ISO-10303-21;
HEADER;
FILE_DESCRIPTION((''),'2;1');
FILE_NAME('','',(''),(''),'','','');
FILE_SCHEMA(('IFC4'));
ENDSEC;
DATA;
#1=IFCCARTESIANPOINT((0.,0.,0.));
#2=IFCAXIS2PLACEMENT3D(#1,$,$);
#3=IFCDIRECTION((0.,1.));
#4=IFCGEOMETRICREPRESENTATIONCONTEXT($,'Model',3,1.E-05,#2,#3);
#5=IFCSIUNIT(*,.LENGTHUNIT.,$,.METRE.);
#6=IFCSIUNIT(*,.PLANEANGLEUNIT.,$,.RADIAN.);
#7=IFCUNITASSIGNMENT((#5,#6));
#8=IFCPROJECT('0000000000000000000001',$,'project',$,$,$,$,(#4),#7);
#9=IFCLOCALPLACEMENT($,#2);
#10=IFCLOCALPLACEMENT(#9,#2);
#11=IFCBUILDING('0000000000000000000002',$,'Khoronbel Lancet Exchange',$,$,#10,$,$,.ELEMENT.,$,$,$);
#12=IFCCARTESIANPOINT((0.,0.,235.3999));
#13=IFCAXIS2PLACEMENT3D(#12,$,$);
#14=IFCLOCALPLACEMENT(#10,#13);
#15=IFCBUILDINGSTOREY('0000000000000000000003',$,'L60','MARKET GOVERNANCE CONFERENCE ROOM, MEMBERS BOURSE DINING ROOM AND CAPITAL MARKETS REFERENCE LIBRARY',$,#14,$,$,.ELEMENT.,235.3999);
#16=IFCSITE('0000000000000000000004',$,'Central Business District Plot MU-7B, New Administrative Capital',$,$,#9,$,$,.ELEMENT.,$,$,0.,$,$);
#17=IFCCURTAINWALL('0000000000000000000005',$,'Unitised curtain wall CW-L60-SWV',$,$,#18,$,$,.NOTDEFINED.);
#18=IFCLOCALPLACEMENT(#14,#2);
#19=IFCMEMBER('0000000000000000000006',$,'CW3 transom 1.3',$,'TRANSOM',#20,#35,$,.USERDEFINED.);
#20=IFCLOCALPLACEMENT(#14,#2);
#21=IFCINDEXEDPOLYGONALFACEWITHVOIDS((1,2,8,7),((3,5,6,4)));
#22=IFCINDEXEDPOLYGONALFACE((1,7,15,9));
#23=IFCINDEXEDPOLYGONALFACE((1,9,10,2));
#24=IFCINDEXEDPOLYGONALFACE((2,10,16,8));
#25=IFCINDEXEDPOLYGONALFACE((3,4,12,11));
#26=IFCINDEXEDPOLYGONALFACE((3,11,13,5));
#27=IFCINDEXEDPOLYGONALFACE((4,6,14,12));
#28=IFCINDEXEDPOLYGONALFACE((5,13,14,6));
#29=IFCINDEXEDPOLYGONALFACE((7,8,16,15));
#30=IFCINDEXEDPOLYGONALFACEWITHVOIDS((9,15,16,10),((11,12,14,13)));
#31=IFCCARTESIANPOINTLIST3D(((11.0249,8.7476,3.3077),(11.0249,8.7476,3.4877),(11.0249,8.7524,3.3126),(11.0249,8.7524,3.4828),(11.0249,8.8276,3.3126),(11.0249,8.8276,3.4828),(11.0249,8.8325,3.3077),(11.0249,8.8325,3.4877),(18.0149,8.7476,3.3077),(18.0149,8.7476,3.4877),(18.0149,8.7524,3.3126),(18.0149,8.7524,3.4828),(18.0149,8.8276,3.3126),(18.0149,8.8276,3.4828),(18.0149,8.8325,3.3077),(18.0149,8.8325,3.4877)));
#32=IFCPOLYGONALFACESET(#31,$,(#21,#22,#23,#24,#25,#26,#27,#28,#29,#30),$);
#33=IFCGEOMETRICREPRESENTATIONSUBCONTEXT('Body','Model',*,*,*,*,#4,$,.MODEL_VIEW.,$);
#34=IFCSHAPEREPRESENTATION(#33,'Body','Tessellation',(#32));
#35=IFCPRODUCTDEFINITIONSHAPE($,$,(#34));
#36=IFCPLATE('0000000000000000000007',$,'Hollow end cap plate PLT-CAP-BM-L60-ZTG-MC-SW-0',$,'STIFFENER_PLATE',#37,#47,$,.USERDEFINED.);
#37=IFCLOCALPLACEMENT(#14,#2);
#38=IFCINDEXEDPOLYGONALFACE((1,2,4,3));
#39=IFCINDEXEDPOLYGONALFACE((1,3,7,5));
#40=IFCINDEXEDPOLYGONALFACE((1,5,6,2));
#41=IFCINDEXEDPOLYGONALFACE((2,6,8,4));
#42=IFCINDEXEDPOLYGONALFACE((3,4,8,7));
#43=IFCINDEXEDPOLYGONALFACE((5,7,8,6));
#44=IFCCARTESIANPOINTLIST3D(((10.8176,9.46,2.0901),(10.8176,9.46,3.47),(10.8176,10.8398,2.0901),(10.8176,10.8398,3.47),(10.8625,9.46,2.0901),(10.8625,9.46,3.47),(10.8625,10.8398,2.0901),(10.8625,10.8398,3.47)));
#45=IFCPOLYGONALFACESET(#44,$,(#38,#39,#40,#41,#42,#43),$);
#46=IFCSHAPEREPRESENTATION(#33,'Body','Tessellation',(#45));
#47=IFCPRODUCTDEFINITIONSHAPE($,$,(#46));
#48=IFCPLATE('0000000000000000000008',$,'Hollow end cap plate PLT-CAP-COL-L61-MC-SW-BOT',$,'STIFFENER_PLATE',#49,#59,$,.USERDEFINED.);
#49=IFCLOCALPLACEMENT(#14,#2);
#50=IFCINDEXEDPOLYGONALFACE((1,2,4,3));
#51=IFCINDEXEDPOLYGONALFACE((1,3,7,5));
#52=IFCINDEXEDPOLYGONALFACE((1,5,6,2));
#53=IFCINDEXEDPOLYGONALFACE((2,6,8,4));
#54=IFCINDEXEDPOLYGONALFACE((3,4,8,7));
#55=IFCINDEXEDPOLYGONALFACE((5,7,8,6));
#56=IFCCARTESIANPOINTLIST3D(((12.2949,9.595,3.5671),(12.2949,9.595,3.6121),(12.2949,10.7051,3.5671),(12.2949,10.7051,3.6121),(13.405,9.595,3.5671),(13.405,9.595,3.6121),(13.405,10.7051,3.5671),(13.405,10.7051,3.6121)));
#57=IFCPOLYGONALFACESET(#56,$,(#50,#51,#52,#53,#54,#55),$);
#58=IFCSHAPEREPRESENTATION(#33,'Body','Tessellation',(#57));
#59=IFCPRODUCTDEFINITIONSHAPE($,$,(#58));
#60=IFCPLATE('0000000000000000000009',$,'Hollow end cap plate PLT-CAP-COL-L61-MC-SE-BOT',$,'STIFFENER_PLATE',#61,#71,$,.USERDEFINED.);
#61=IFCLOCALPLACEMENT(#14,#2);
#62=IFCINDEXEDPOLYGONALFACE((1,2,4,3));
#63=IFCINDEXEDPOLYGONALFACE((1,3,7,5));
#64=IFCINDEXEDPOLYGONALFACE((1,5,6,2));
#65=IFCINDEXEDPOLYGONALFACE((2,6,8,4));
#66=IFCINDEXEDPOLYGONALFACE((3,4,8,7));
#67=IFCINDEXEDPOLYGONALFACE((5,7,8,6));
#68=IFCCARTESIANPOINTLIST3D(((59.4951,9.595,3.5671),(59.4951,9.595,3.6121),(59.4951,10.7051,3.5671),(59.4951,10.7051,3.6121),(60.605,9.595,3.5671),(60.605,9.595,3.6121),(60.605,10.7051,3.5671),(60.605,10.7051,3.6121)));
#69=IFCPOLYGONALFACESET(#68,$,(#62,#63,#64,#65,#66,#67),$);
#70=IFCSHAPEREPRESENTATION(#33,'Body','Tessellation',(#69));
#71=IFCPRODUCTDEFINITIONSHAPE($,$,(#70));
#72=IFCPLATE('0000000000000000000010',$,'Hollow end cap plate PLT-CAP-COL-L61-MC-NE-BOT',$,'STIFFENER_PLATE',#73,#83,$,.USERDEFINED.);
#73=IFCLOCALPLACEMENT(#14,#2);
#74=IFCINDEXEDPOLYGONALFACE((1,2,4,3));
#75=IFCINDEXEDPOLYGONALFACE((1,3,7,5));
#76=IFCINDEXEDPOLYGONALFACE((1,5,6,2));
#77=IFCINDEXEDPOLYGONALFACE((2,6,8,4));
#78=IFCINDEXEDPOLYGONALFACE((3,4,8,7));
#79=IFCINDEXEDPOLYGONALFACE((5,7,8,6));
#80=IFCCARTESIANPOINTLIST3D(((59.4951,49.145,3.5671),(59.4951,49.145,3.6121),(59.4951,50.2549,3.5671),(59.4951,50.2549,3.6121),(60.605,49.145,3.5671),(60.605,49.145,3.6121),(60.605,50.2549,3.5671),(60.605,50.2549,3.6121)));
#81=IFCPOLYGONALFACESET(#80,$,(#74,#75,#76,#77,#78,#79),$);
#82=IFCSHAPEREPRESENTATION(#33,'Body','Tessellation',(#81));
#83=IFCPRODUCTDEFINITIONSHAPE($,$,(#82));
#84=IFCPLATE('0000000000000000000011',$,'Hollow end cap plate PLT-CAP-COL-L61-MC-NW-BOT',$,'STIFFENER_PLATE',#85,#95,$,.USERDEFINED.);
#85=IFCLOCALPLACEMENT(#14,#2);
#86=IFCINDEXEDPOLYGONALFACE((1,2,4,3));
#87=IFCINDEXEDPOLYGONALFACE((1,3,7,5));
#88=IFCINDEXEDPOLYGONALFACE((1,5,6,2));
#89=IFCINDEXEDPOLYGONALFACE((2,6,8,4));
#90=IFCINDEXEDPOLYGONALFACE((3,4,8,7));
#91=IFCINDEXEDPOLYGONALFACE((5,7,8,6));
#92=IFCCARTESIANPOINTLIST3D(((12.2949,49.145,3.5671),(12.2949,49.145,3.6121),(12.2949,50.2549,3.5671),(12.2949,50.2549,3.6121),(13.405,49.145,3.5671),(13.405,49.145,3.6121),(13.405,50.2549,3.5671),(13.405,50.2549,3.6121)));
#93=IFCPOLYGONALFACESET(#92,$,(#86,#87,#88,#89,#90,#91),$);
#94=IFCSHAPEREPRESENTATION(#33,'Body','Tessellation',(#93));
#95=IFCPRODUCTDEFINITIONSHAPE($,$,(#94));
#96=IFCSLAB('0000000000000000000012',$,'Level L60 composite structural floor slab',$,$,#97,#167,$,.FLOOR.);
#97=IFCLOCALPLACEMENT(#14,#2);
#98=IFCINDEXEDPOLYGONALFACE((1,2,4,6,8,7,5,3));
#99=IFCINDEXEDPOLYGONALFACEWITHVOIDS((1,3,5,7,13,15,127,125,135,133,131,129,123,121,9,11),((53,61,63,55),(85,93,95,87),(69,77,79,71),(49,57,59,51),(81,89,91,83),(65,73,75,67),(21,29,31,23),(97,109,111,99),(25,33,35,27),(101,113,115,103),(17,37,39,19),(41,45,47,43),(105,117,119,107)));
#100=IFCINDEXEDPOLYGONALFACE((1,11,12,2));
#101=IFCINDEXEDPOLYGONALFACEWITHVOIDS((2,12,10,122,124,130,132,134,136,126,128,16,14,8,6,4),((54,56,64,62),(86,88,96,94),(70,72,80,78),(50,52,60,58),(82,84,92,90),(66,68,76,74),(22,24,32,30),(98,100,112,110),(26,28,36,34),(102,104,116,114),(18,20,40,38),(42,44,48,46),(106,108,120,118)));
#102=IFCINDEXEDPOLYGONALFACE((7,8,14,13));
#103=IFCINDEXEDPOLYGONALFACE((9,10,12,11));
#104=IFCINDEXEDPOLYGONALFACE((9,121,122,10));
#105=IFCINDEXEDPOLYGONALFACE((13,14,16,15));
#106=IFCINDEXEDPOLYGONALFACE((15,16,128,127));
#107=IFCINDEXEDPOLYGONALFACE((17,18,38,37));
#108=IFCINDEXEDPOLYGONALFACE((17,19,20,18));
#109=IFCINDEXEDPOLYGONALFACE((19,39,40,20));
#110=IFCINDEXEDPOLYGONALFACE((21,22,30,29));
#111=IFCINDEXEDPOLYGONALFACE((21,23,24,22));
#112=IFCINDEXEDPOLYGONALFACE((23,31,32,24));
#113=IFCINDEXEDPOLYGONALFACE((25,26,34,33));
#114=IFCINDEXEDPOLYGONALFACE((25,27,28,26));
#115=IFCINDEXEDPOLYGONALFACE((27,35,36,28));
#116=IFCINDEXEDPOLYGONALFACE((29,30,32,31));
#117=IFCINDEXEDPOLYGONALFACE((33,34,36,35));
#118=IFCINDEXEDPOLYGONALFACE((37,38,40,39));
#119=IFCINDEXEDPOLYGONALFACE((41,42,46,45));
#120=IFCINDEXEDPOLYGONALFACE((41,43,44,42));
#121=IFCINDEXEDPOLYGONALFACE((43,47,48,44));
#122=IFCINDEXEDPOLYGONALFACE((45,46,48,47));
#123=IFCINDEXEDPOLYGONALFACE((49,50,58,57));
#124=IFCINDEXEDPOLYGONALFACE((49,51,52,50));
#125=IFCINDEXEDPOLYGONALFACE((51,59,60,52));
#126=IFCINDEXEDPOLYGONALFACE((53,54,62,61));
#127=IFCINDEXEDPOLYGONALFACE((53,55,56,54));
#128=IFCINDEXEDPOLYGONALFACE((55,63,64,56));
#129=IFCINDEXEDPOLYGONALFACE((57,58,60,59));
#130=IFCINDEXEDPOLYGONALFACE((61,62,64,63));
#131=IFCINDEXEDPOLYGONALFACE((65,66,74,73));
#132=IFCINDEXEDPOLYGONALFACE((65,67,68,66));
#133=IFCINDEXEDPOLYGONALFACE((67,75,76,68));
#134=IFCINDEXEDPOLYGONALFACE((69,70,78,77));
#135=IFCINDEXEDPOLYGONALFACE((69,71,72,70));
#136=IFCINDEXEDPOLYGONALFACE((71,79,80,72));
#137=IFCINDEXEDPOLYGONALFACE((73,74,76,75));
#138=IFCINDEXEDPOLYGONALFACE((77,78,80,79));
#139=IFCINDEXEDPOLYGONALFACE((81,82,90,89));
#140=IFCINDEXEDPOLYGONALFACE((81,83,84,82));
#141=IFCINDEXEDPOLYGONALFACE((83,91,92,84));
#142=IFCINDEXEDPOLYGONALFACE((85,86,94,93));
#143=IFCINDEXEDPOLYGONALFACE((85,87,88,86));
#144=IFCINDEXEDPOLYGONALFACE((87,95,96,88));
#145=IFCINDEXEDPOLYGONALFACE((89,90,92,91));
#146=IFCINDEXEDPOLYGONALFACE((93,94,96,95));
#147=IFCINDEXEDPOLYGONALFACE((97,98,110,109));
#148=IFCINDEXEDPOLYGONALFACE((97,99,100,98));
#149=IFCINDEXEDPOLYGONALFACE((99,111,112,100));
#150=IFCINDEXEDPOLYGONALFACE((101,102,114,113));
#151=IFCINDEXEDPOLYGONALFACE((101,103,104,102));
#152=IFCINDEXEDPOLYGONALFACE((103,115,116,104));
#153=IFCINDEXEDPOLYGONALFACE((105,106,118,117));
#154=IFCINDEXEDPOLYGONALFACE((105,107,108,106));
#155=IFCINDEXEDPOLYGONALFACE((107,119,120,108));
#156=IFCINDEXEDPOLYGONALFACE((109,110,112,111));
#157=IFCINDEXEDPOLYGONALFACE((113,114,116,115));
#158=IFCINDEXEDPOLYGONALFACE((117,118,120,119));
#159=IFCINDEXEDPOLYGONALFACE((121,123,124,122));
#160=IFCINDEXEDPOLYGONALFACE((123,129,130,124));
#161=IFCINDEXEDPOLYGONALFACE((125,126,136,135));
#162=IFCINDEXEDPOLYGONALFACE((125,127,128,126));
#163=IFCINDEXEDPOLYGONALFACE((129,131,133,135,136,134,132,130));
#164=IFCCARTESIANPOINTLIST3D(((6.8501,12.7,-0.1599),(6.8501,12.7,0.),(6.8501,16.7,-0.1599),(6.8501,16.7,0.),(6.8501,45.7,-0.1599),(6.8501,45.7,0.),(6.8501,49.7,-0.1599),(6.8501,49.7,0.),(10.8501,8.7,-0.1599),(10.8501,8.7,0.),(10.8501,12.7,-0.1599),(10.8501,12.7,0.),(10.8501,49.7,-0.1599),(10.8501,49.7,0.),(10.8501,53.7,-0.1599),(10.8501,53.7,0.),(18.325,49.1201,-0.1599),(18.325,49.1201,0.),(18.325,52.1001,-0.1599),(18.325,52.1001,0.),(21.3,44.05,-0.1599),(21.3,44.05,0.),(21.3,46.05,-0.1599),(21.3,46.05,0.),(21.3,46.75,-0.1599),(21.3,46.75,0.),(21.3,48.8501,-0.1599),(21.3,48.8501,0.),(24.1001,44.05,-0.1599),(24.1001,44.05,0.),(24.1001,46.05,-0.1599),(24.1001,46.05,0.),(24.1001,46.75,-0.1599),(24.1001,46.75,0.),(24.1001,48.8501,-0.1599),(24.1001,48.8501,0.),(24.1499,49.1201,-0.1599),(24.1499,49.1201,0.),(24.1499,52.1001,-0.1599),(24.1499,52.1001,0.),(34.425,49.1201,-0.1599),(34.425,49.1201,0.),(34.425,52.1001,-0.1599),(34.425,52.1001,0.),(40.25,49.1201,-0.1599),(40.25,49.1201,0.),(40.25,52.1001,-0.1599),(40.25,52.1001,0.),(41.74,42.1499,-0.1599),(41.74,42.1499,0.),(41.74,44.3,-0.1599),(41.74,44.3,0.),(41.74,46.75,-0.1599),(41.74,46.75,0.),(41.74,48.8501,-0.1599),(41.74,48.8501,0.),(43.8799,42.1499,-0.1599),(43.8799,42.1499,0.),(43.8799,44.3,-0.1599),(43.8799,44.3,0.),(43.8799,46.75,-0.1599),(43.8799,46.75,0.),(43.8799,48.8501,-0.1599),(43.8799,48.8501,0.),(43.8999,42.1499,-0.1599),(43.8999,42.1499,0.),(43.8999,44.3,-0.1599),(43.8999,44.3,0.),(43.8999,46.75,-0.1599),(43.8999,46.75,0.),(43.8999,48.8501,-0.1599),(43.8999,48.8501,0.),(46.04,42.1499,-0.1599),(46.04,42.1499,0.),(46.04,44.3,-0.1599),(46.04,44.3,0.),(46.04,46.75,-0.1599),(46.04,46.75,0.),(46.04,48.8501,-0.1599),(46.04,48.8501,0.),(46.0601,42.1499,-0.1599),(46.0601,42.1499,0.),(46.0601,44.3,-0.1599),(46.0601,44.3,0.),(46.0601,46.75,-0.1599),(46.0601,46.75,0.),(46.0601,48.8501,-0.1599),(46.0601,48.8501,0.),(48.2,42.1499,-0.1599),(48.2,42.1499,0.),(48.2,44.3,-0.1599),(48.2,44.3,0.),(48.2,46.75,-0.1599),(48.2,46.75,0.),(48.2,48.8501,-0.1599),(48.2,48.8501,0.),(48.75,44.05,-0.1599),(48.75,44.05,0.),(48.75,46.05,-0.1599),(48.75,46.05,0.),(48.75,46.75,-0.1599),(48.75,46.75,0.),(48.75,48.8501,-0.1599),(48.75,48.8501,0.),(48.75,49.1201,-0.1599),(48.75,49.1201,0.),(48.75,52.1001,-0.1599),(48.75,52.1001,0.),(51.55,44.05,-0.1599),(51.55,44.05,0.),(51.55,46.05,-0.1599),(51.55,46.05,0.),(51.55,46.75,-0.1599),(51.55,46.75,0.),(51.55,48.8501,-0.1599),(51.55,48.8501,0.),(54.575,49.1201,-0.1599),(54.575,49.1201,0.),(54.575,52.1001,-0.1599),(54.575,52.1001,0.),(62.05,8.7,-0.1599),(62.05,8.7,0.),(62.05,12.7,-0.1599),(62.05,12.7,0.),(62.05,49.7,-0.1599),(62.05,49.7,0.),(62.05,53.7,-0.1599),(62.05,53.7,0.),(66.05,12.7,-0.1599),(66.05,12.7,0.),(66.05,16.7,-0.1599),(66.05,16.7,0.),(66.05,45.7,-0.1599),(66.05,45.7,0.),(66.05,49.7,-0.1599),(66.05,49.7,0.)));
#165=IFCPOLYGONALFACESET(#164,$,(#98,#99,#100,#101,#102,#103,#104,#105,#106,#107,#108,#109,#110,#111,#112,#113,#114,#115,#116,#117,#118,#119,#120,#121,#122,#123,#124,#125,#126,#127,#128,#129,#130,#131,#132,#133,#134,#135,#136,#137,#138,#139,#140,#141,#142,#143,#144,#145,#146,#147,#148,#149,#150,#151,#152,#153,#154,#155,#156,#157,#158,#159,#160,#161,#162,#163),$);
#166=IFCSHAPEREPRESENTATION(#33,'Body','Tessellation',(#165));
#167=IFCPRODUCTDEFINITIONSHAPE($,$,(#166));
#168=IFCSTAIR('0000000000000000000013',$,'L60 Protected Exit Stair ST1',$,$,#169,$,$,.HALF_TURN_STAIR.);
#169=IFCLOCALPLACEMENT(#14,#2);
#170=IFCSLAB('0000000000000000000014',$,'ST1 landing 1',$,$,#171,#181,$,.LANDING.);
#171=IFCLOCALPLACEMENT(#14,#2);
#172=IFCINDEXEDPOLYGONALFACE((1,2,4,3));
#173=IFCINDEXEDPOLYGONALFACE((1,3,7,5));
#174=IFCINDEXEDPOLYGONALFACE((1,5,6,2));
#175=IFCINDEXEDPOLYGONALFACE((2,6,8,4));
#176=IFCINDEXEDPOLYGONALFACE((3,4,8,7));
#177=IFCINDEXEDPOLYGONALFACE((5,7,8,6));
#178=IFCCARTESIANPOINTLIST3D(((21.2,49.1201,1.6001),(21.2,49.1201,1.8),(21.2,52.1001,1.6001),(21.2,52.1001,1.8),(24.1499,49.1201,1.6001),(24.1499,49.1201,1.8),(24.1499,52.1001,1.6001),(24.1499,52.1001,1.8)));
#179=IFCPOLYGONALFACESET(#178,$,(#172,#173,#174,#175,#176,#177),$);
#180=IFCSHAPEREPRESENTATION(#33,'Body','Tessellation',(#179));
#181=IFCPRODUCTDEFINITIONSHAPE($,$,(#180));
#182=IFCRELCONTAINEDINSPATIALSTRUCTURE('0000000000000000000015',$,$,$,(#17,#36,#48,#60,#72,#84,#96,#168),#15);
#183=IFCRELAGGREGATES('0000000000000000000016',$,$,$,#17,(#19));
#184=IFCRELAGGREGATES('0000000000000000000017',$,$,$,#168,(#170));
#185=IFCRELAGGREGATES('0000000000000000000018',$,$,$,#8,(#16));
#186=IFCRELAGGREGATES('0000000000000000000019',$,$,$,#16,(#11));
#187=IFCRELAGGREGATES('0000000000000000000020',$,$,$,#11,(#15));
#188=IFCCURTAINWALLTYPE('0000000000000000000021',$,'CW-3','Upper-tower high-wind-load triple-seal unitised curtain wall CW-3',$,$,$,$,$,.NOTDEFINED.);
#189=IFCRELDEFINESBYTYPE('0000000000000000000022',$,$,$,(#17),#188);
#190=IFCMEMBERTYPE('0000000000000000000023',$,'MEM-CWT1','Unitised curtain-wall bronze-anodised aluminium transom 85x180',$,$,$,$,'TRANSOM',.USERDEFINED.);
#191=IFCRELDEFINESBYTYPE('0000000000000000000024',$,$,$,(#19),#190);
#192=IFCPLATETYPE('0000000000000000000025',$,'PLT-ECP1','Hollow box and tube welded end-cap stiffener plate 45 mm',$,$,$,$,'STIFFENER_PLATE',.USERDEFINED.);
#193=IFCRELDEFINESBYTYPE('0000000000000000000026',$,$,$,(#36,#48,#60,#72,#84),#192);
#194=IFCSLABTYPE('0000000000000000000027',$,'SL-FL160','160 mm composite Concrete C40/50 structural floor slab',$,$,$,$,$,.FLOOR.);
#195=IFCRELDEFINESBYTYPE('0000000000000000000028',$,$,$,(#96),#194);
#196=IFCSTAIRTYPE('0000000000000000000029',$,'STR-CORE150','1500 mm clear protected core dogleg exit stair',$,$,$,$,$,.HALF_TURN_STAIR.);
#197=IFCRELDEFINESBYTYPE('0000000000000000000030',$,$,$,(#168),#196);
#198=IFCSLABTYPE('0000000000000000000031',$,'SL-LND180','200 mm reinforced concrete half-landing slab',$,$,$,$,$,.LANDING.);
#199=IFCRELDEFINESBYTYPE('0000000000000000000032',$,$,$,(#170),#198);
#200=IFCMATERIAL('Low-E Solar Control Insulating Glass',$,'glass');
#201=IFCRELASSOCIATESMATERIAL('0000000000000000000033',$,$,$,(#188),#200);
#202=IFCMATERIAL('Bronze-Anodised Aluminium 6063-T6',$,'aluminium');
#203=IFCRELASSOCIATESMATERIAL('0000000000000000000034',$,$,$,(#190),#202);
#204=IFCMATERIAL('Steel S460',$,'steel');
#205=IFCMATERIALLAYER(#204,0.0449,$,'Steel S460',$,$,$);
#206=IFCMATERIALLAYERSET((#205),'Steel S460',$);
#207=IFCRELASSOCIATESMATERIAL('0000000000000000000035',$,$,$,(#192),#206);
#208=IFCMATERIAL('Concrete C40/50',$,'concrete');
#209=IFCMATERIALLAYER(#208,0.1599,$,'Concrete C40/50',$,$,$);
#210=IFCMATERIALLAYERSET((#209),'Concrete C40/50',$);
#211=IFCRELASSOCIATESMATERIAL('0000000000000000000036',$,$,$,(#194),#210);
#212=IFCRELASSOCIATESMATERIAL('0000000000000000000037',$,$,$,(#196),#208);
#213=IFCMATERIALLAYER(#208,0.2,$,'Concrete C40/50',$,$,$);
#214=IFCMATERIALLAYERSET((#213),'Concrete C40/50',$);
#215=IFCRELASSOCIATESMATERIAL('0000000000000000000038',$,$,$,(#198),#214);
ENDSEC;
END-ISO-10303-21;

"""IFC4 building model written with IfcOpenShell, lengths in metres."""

from ifc_helpers import new_model, si_unit, direction, frame, origin, origin_2d, place, context, subcontext, project, spatial, polyline, rectangle, hollow_rectangle, outline, extrude, material, layer, layer_set, material_profile, profile_set, type_object, element, aggregate, save


model = new_model("IFC4")

# Units and contexts
model_context = context("Model", 3, precision=1e-05, world=origin(), true_north=direction((0.0, 1.0)))
body_context = subcontext(model_context, "Body", "Model", "MODEL_VIEW")
ifc_project = project(units=[si_unit("LENGTHUNIT", "METRE"), si_unit("PLANEANGLEUNIT", "RADIAN")], contexts=[model_context])

# Site, building, storey
site_placement = place(None, origin())
site = spatial("IfcSite", under=ifc_project, at=site_placement, Name="Central Business District Plot MU-7B, New Administrative Capital", CompositionType="ELEMENT", RefElevation=0.0)
building_placement = place(site_placement, origin())
building = spatial("IfcBuilding", under=site, at=building_placement, Name="Khoronbel Lancet Exchange", CompositionType="ELEMENT")
storey_placement = place(building_placement, frame((0.0, 0.0, 235.3999)))
storey = spatial("IfcBuildingStorey", under=building, at=storey_placement, Name="L60", Description="MARKET GOVERNANCE CONFERENCE ROOM, MEMBERS BOURSE DINING ROOM AND CAPITAL MARKETS REFERENCE LIBRARY", CompositionType="ELEMENT", Elevation=235.3999)

# Shared definitions
ifc_material_1 = material(Name="Steel S460", Category="steel")

# Curtain wall
ifc_material_2 = material(Name="Low-E Solar Control Insulating Glass", Category="glass")
curtain_wall_type_1 = type_object("IfcCurtainWallType", Name="CW-3", Description="Upper-tower high-wind-load triple-seal unitised curtain wall CW-3", PredefinedType="NOTDEFINED", material=ifc_material_2)
curtain_wall_1_placement = place(storey_placement, origin())
curtain_wall_1 = element("IfcCurtainWall", 1, at=curtain_wall_1_placement, inside=storey, type_object=curtain_wall_type_1, Name="Unitised curtain wall CW-L60-SWV", PredefinedType="NOTDEFINED")
ifc_material_3 = material(Name="Bronze-Anodised Aluminium 6063-T6", Category="aluminium")

# Shared definitions
ifc_material_profile_1 = material_profile(ifc_material_3, hollow_rectangle(XDim=0.085, YDim=0.1799, WallThickness=0.0049, at=origin_2d()), Name="ALU TRANSOM 85x180")
ifc_profile_set_1 = profile_set([ifc_material_profile_1], Name="Bronze-Anodised Aluminium 6063-T6")
member_type_1 = type_object("IfcMemberType", Name="MEM-CWT1", Description="Unitised curtain-wall bronze-anodised aluminium transom 85x180", ElementType="TRANSOM", PredefinedType="USERDEFINED", material=ifc_profile_set_1)

# Member
member_1_placement = place(storey_placement, frame((11.0249, 8.79, 3.3977), z_axis=(1.0, 0.0, 0.0), x_axis=(0.0, 1.0, 0.0)))
member_1 = element("IfcMember", 2, at=member_1_placement, type_object=member_type_1, Name="CW3 transom 1.3", ObjectType="TRANSOM", PredefinedType="USERDEFINED", context=body_context, shape_type="SweptSolid", body=[
    extrude(hollow_rectangle(XDim=0.085, YDim=0.1799, WallThickness=0.0049, at=origin_2d()), origin(), (0.0, 0.0, 1.0), 6.99),
])
aggregate(curtain_wall_1, [member_1])

# Plates
ifc_layer_1 = layer(ifc_material_1, 0.0449, Name="Steel S460")
ifc_layer_set_1 = layer_set([ifc_layer_1], Name="Steel S460")
plate_type = type_object("IfcPlateType", Name="PLT-ECP1", Description="Hollow box and tube welded end-cap stiffener plate 45 mm", ElementType="STIFFENER_PLATE", PredefinedType="USERDEFINED", material=ifc_layer_set_1)
plate_1_placement = place(storey_placement, frame((10.8401, 10.1499, 2.0901), z_axis=(0.0, 0.0, 1.0), x_axis=(-1.0, 0.0, 0.0)))
element("IfcPlate", 3, at=plate_1_placement, inside=storey, type_object=plate_type, Name="Hollow end cap plate PLT-CAP-BM-L60-ZTG-MC-SW-0", ObjectType="STIFFENER_PLATE", PredefinedType="USERDEFINED", context=body_context, shape_type="SweptSolid", body=[
    extrude(rectangle(XDim=0.0449, YDim=1.3799, at=origin_2d()), origin(), (0.0, 0.0, 1.0), 1.3799),
])
plate_2_placement = place(storey_placement, frame((0.0, 0.0, 3.5671)))
element("IfcPlate", 4, at=plate_2_placement, inside=storey, type_object=plate_type, Name="Hollow end cap plate PLT-CAP-COL-L61-MC-SW-BOT", ObjectType="STIFFENER_PLATE", PredefinedType="USERDEFINED", context=body_context, shape_type="SweptSolid", body=[
    extrude(outline(polyline([(12.2949, 9.595), (13.405, 9.595), (13.405, 10.7051), (12.2949, 10.7051), (12.2949, 9.595)])), origin(), (0.0, 0.0, 1.0), 0.0449),
])
plate_3_placement = place(storey_placement, frame((0.0, 0.0, 3.5671)))
element("IfcPlate", 5, at=plate_3_placement, inside=storey, type_object=plate_type, Name="Hollow end cap plate PLT-CAP-COL-L61-MC-SE-BOT", ObjectType="STIFFENER_PLATE", PredefinedType="USERDEFINED", context=body_context, shape_type="SweptSolid", body=[
    extrude(outline(polyline([(59.4951, 9.595), (60.605, 9.595), (60.605, 10.7051), (59.4951, 10.7051), (59.4951, 9.595)])), origin(), (0.0, 0.0, 1.0), 0.0449),
])
plate_4_placement = place(storey_placement, frame((0.0, 0.0, 3.5671)))
element("IfcPlate", 6, at=plate_4_placement, inside=storey, type_object=plate_type, Name="Hollow end cap plate PLT-CAP-COL-L61-MC-NE-BOT", ObjectType="STIFFENER_PLATE", PredefinedType="USERDEFINED", context=body_context, shape_type="SweptSolid", body=[
    extrude(outline(polyline([(59.4951, 49.145), (60.605, 49.145), (60.605, 50.2549), (59.4951, 50.2549), (59.4951, 49.145)])), origin(), (0.0, 0.0, 1.0), 0.0449),
])
plate_5_placement = place(storey_placement, frame((0.0, 0.0, 3.5671)))
element("IfcPlate", 7, at=plate_5_placement, inside=storey, type_object=plate_type, Name="Hollow end cap plate PLT-CAP-COL-L61-MC-NW-BOT", ObjectType="STIFFENER_PLATE", PredefinedType="USERDEFINED", context=body_context, shape_type="SweptSolid", body=[
    extrude(outline(polyline([(12.2949, 49.145), (13.405, 49.145), (13.405, 50.2549), (12.2949, 50.2549), (12.2949, 49.145)])), origin(), (0.0, 0.0, 1.0), 0.0449),
])

# Slab
ifc_material_4 = material(Name="Concrete C40/50", Category="concrete")
ifc_layer_2 = layer(ifc_material_4, 0.1599, Name="Concrete C40/50")
ifc_layer_set_2 = layer_set([ifc_layer_2], Name="Concrete C40/50")
slab_type_1 = type_object("IfcSlabType", Name="SL-FL160", Description="160 mm composite Concrete C40/50 structural floor slab", PredefinedType="FLOOR", material=ifc_layer_set_2)
slab_1_placement = place(storey_placement, frame((0.0, 0.0, -0.1599)))
element("IfcSlab", 8, at=slab_1_placement, inside=storey, type_object=slab_type_1, Name="Level L60 composite structural floor slab", PredefinedType="FLOOR", context=body_context, shape_type="SweptSolid", body=[
    extrude(outline(polyline([(10.8501, 8.7), (62.05, 8.7), (62.05, 12.7), (66.05, 12.7), (66.05, 16.7), (66.05, 45.7), (66.05, 49.7), (62.05, 49.7), (62.05, 53.7), (10.8501, 53.7), (10.8501, 49.7), (6.8501, 49.7), (6.8501, 45.7), (6.8501, 16.7), (6.8501, 12.7), (10.8501, 12.7), (10.8501, 8.7)]), holes=[polyline([(18.325, 49.1201), (24.1499, 49.1201), (24.1499, 52.1001), (18.325, 52.1001), (18.325, 49.1201)]), polyline([(48.75, 49.1201), (54.575, 49.1201), (54.575, 52.1001), (48.75, 52.1001), (48.75, 49.1201)]), polyline([(34.425, 49.1201), (40.25, 49.1201), (40.25, 52.1001), (34.425, 52.1001), (34.425, 49.1201)]), polyline([(41.74, 46.75), (43.8799, 46.75), (43.8799, 48.8501), (41.74, 48.8501), (41.74, 46.75)]), polyline([(43.8999, 46.75), (46.04, 46.75), (46.04, 48.8501), (43.8999, 48.8501), (43.8999, 46.75)]), polyline([(46.0601, 46.75), (48.2, 46.75), (48.2, 48.8501), (46.0601, 48.8501), (46.0601, 46.75)]), polyline([(41.74, 42.1499), (43.8799, 42.1499), (43.8799, 44.3), (41.74, 44.3), (41.74, 42.1499)]), polyline([(43.8999, 42.1499), (46.04, 42.1499), (46.04, 44.3), (43.8999, 44.3), (43.8999, 42.1499)]), polyline([(46.0601, 42.1499), (48.2, 42.1499), (48.2, 44.3), (46.0601, 44.3), (46.0601, 42.1499)]), polyline([(21.3, 46.75), (24.1001, 46.75), (24.1001, 48.8501), (21.3, 48.8501), (21.3, 46.75)]), polyline([(48.75, 46.75), (51.55, 46.75), (51.55, 48.8501), (48.75, 48.8501), (48.75, 46.75)]), polyline([(21.3, 44.05), (24.1001, 44.05), (24.1001, 46.05), (21.3, 46.05), (21.3, 44.05)]), polyline([(48.75, 44.05), (51.55, 44.05), (51.55, 46.05), (48.75, 46.05), (48.75, 44.05)])]), origin(), (0.0, 0.0, 1.0), 0.1599),
])

# Stair, slab
stair_type = type_object("IfcStairType", Name="STR-CORE150", Description="1500 mm clear protected core dogleg exit stair", PredefinedType="HALF_TURN_STAIR", material=ifc_material_4)
stair_1_placement = place(storey_placement, origin())
stair_1 = element("IfcStair", 9, at=stair_1_placement, inside=storey, type_object=stair_type, Name="L60 Protected Exit Stair ST1", PredefinedType="HALF_TURN_STAIR")
ifc_layer_3 = layer(ifc_material_4, 0.2, Name="Concrete C40/50")
ifc_layer_set_3 = layer_set([ifc_layer_3], Name="Concrete C40/50")
slab_type_2 = type_object("IfcSlabType", Name="SL-LND180", Description="200 mm reinforced concrete half-landing slab", PredefinedType="LANDING", material=ifc_layer_set_3)
slab_2_placement = place(storey_placement, frame((0.0, 0.0, 1.6001)))
slab_2 = element("IfcSlab", 10, at=slab_2_placement, type_object=slab_type_2, Name="ST1 landing 1", PredefinedType="LANDING", context=body_context, shape_type="SweptSolid", body=[
    extrude(outline(polyline([(21.2, 49.1201), (24.1499, 49.1201), (24.1499, 52.1001), (21.2, 52.1001), (21.2, 49.1201)])), origin(), (0.0, 0.0, 1.0), 0.2),
])
aggregate(stair_1, [slab_2])

save(model, "model.ifc")
